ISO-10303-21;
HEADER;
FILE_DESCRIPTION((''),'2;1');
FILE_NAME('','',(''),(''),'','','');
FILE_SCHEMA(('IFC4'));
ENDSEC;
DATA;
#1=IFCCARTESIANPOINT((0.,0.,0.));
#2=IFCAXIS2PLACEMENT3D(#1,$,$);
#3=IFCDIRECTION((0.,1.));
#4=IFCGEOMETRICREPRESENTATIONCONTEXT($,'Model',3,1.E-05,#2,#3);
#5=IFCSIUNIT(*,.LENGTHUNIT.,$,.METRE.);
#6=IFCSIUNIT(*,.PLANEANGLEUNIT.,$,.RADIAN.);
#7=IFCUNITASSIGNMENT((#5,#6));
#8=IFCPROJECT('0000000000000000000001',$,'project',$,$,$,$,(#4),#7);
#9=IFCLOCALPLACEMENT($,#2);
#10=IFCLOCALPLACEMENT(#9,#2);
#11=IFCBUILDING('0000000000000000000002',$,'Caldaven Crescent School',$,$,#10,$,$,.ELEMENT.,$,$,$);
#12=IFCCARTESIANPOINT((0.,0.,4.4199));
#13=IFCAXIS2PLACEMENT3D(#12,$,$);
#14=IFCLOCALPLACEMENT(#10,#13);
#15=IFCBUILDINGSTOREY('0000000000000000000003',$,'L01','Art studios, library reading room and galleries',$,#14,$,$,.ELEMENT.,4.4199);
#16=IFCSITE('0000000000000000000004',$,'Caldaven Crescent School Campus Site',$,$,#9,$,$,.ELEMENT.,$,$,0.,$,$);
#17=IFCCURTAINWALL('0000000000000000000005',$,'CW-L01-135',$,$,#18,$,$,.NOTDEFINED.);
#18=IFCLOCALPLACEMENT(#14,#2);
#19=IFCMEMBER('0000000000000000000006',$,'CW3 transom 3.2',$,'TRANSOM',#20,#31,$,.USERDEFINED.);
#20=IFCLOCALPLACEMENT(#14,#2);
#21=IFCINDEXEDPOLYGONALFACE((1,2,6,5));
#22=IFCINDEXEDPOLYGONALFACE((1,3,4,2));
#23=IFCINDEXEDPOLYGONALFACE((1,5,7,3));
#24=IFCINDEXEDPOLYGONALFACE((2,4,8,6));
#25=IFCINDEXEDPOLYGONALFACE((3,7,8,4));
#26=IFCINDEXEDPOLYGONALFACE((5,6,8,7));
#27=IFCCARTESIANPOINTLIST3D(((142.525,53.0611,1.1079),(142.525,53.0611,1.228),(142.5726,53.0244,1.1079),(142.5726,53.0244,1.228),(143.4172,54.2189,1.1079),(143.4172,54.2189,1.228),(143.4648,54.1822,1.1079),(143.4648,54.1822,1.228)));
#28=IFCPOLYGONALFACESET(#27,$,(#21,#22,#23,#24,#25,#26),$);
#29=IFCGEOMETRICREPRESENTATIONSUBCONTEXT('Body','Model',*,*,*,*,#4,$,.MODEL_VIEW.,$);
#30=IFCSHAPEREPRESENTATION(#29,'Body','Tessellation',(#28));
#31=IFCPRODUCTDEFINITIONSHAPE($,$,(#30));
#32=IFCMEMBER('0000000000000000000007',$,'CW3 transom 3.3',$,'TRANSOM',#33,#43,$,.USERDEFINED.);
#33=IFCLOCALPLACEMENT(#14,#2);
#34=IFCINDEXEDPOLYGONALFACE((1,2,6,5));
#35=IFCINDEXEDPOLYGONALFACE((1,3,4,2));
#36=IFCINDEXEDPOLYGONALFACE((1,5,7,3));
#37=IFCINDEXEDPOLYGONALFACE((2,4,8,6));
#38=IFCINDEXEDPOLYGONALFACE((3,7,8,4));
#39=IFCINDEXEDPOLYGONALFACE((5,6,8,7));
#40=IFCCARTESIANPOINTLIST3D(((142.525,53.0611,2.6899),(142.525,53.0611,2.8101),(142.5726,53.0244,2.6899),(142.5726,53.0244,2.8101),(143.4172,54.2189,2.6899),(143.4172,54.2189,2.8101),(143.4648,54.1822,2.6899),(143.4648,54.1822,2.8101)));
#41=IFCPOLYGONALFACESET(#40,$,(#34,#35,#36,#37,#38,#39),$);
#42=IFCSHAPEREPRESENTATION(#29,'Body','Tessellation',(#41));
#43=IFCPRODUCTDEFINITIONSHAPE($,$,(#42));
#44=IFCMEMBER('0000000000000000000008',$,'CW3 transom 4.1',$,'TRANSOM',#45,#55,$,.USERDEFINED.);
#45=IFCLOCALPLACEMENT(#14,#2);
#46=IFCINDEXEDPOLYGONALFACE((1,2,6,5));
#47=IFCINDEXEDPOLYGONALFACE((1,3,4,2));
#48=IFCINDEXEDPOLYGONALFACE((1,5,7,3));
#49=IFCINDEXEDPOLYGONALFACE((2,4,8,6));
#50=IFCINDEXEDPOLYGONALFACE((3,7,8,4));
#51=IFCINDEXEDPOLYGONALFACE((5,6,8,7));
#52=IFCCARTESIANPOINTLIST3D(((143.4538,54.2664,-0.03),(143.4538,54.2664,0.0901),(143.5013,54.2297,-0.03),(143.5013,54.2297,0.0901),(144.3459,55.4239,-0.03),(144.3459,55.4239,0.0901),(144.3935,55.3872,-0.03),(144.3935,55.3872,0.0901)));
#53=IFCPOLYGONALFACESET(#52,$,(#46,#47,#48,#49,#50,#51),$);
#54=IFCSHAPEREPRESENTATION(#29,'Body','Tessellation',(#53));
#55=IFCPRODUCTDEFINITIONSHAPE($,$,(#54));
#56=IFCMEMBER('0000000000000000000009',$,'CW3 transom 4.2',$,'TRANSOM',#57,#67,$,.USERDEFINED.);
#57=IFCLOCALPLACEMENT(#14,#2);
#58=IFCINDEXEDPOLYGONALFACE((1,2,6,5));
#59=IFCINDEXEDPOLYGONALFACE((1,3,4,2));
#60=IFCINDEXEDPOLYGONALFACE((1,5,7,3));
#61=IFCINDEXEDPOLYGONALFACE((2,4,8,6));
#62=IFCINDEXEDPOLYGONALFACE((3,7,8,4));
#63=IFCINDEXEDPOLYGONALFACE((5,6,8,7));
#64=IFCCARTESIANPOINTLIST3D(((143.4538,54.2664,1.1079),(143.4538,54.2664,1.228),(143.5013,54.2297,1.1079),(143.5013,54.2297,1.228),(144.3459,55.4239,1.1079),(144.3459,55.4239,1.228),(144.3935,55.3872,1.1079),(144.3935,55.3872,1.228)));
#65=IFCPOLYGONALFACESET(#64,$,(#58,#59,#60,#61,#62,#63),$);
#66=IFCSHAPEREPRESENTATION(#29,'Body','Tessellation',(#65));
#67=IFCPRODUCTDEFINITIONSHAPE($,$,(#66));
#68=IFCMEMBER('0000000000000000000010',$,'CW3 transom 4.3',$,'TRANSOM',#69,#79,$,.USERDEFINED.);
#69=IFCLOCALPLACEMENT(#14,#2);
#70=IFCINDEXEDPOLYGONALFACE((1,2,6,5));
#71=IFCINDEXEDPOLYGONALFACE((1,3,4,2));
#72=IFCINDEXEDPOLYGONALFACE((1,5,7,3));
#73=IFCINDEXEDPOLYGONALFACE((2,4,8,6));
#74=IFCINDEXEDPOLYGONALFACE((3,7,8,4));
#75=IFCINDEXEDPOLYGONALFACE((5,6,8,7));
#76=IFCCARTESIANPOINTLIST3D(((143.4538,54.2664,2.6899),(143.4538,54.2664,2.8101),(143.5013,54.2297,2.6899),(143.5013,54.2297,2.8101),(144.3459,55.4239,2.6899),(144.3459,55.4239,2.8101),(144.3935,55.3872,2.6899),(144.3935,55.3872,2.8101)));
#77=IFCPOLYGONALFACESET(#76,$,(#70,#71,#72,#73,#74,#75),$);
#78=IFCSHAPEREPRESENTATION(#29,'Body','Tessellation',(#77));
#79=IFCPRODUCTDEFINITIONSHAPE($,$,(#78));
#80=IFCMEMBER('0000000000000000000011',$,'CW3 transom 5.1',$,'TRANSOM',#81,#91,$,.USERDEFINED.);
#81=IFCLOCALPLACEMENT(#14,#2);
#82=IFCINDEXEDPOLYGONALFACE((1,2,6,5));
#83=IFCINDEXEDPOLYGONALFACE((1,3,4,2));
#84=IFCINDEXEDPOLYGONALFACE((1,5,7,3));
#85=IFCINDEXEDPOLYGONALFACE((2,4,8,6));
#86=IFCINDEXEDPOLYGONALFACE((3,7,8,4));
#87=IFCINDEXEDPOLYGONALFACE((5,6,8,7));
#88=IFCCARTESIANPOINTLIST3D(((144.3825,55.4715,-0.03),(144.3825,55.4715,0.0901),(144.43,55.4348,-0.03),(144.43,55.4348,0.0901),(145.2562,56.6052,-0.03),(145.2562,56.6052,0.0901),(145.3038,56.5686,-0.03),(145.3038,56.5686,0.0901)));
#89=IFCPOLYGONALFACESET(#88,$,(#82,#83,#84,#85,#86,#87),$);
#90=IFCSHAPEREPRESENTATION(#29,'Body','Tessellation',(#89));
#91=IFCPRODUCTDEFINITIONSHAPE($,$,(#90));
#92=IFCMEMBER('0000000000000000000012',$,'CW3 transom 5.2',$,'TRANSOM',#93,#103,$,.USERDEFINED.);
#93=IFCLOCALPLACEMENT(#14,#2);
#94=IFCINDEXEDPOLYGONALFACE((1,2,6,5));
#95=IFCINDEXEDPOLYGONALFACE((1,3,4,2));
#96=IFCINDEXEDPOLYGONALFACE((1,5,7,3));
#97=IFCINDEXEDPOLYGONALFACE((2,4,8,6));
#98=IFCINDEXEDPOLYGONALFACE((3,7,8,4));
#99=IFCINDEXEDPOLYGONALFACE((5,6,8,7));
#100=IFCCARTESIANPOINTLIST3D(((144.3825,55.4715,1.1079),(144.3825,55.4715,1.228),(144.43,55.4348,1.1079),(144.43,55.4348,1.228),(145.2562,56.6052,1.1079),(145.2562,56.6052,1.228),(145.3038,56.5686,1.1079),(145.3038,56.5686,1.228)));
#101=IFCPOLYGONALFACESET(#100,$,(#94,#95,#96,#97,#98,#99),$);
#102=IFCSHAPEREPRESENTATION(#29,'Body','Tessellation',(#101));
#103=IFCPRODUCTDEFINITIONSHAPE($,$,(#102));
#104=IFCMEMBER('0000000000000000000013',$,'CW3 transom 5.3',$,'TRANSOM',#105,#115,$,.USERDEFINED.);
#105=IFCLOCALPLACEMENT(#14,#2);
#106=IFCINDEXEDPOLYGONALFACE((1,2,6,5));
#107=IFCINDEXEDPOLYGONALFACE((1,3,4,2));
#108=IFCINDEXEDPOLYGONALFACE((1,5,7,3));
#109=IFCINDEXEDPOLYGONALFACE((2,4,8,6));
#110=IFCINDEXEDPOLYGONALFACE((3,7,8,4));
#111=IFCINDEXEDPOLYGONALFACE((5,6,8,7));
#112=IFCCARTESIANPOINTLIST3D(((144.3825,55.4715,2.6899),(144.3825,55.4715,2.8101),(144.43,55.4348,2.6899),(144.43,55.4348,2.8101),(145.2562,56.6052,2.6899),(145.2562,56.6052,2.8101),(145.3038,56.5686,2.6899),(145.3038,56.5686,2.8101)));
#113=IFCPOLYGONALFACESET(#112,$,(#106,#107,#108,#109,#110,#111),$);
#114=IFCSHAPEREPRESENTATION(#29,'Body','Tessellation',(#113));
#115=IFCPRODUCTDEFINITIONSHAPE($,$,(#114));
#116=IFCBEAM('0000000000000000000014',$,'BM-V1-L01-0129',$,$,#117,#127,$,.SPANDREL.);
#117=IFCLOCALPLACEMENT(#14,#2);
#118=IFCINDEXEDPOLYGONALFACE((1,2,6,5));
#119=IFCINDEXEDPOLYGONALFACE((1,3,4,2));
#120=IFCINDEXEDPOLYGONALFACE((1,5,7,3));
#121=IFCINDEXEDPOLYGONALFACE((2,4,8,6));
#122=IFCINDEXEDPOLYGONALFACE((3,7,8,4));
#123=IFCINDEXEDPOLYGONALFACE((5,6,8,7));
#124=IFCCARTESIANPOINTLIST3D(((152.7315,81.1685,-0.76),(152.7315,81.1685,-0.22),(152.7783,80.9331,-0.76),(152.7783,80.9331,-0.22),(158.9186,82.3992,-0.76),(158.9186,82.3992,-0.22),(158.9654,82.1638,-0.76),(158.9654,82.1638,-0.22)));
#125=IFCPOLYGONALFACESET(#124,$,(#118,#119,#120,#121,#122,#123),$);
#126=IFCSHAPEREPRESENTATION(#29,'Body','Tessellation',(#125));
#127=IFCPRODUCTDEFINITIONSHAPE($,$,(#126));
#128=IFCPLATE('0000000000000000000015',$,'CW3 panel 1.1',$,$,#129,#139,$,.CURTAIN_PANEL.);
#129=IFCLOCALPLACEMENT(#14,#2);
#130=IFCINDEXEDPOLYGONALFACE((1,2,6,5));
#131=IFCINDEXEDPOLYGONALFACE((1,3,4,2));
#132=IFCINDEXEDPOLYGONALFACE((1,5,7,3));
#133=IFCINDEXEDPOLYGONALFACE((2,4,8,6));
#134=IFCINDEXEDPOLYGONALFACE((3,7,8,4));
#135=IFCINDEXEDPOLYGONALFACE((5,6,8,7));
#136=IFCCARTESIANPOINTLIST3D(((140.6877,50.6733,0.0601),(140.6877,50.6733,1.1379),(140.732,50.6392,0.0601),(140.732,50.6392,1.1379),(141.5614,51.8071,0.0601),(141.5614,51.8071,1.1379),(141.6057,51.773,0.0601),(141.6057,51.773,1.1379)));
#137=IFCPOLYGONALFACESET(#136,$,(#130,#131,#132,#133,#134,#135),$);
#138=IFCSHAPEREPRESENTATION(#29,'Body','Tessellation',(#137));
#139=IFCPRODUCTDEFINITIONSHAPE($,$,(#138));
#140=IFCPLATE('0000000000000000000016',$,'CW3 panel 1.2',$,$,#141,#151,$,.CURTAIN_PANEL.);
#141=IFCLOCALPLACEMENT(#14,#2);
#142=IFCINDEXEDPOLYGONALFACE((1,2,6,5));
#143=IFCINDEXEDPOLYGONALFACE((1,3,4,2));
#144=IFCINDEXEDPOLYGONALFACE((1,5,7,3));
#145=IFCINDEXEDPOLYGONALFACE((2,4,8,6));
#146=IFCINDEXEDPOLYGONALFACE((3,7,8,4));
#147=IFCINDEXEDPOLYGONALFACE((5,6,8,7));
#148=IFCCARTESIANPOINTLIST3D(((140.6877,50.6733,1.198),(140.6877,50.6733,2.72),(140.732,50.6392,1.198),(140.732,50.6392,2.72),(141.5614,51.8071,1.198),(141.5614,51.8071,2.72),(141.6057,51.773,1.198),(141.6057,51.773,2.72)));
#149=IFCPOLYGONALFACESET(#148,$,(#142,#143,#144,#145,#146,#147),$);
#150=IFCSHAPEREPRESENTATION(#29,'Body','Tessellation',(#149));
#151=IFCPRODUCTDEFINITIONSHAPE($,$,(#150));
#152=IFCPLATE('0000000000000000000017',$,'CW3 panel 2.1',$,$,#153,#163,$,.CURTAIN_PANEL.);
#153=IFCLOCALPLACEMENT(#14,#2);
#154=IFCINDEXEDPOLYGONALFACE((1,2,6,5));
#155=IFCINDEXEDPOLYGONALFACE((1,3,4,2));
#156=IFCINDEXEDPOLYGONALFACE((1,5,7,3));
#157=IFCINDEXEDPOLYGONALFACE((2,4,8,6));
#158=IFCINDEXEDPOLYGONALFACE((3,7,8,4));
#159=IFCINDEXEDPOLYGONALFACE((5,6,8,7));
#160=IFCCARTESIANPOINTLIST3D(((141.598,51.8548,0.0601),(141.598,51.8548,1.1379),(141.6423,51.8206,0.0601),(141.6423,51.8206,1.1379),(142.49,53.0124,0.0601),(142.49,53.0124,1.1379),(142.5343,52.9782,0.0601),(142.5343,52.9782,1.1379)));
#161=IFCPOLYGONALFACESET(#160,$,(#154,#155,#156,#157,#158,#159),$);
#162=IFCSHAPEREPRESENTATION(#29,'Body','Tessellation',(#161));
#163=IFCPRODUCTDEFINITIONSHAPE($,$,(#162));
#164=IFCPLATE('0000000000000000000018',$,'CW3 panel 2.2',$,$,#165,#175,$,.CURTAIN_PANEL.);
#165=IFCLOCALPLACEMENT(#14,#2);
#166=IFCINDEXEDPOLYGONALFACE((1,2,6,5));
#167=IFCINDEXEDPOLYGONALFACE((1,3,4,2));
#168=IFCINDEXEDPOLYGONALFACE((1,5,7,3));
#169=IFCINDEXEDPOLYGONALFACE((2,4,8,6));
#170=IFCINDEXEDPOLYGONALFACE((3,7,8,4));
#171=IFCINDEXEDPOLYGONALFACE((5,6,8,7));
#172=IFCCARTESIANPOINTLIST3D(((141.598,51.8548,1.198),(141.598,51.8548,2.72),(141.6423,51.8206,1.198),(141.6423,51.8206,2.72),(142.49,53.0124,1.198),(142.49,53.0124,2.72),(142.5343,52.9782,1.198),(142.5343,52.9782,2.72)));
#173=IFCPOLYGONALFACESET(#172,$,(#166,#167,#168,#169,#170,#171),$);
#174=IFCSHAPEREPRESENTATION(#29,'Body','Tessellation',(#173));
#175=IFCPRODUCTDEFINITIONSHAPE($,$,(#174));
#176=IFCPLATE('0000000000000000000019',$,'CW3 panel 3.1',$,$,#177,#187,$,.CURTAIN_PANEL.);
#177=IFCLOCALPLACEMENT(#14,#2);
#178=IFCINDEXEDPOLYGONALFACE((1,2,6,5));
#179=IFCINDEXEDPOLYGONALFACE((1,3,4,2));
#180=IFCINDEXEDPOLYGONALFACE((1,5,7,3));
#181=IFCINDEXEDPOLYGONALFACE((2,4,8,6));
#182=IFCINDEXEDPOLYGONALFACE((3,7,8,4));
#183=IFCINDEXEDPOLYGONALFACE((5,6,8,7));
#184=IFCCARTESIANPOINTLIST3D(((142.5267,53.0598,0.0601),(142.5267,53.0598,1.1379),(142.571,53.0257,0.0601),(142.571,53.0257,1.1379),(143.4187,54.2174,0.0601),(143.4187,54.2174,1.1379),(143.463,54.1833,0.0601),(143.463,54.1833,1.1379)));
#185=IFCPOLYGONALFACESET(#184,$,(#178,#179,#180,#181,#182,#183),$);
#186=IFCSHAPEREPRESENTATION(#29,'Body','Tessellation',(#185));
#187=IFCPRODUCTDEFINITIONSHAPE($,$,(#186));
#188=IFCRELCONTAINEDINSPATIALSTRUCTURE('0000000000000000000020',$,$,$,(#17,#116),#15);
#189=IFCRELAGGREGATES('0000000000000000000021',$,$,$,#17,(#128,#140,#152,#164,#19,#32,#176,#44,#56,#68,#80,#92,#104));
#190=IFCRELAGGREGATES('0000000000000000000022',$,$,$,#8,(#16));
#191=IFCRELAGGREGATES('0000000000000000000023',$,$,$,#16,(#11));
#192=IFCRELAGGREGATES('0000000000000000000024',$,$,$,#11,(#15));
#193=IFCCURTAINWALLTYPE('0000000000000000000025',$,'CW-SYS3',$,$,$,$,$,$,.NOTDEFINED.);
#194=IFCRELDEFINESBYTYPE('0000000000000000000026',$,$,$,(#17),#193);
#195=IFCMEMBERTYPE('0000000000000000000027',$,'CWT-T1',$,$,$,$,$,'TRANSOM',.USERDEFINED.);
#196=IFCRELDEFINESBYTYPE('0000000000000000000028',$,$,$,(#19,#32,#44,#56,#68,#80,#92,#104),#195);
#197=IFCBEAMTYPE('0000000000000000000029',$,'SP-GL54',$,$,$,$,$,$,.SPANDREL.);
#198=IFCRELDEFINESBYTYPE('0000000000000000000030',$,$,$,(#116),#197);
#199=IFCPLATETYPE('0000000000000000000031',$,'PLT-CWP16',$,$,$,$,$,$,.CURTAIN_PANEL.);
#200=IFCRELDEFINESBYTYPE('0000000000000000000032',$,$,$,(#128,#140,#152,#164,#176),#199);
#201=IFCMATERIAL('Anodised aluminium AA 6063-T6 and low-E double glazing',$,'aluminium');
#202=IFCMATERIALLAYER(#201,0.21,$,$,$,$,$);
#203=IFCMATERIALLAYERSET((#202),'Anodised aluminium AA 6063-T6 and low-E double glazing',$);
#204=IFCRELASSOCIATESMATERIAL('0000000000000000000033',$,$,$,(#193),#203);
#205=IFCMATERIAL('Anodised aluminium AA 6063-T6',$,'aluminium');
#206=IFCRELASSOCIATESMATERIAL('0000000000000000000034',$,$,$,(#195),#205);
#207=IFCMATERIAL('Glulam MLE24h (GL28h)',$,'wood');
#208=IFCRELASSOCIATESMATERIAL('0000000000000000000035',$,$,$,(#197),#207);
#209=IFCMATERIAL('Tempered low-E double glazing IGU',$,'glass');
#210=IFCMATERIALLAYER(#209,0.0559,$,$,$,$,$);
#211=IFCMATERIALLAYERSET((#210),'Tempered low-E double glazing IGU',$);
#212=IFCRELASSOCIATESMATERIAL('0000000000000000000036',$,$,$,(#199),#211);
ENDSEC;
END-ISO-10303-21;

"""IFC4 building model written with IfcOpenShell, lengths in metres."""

from ifc_helpers import new_model, si_unit, direction, frame, origin, origin_2d, place, context, subcontext, project, spatial, rectangle, extrude, material, layer, layer_set, material_profile, profile_set, type_object, element, aggregate, save


model = new_model("IFC4")

# Units and contexts
model_context = context("Model", 3, precision=1e-05, world=origin(), true_north=direction((0.0, 1.0)))
body_context = subcontext(model_context, "Body", "Model", "MODEL_VIEW")
ifc_project = project(units=[si_unit("LENGTHUNIT", "METRE"), si_unit("PLANEANGLEUNIT", "RADIAN")], contexts=[model_context])

# Site, building, storey
site_placement = place(None, origin())
site = spatial("IfcSite", under=ifc_project, at=site_placement, Name="Caldaven Crescent School Campus Site", CompositionType="ELEMENT", RefElevation=0.0)
building_placement = place(site_placement, origin())
building = spatial("IfcBuilding", under=site, at=building_placement, Name="Caldaven Crescent School", CompositionType="ELEMENT")
storey_placement = place(building_placement, frame((0.0, 0.0, 4.4199)))
storey = spatial("IfcBuildingStorey", under=building, at=storey_placement, Name="L01", Description="Art studios, library reading room and galleries", CompositionType="ELEMENT", Elevation=4.4199)

# Shared definitions
ifc_material_1 = material(Name="Glulam MLE24h (GL28h)", Category="wood")

# Curtain wall, members
ifc_material_2 = material(Name="Anodised aluminium AA 6063-T6 and low-E double glazing", Category="aluminium")
ifc_layer_1 = layer(ifc_material_2, 0.21)
ifc_layer_set_1 = layer_set([ifc_layer_1], Name="Anodised aluminium AA 6063-T6 and low-E double glazing")
curtain_wall_type = type_object("IfcCurtainWallType", Name="CW-SYS3", PredefinedType="NOTDEFINED", material=ifc_layer_set_1)
curtain_wall_placement = place(storey_placement, origin())
curtain_wall = element("IfcCurtainWall", 1, at=curtain_wall_placement, inside=storey, type_object=curtain_wall_type, Name="CW-L01-135", PredefinedType="NOTDEFINED")
ifc_material_3 = material(Name="Anodised aluminium AA 6063-T6", Category="aluminium")
ifc_material_profile_1 = material_profile(ifc_material_3, rectangle(XDim=0.0601, YDim=0.1201, at=origin_2d()), Name="CWT 60x120")
ifc_profile_set_1 = profile_set([ifc_material_profile_1], Name="Anodised aluminium AA 6063-T6")
member_type_1 = type_object("IfcMemberType", Name="CWT-T1", ElementType="TRANSOM", PredefinedType="USERDEFINED", material=ifc_profile_set_1)
member_1_placement = place(storey_placement, frame((142.5488, 53.0427, 1.168), z_axis=(0.610373, 0.792115, 0.0), x_axis=(-0.792115, 0.610373, 0.0)))
member_1 = element("IfcMember", 2, at=member_1_placement, type_object=member_type_1, Name="CW3 transom 3.2", ObjectType="TRANSOM", PredefinedType="USERDEFINED", context=body_context, shape_type="SweptSolid", body=[
    extrude(rectangle(XDim=0.0601, YDim=0.1201, at=origin_2d()), origin(), (0.0, 0.0, 1.0), 1.4617),
])
member_2_placement = place(storey_placement, frame((142.5488, 53.0427, 2.75), z_axis=(0.610373, 0.792115, 0.0), x_axis=(-0.792115, 0.610373, 0.0)))
member_2 = element("IfcMember", 3, at=member_2_placement, type_object=member_type_1, Name="CW3 transom 3.3", ObjectType="TRANSOM", PredefinedType="USERDEFINED", context=body_context, shape_type="SweptSolid", body=[
    extrude(rectangle(XDim=0.0601, YDim=0.1201, at=origin_2d()), origin(), (0.0, 0.0, 1.0), 1.4617),
])
member_3_placement = place(storey_placement, frame((143.4775, 54.248, 0.03), z_axis=(0.610453, 0.792052, 0.0), x_axis=(-0.792052, 0.610453, 0.0)))
member_3 = element("IfcMember", 4, at=member_3_placement, type_object=member_type_1, Name="CW3 transom 4.1", ObjectType="TRANSOM", PredefinedType="USERDEFINED", context=body_context, shape_type="SweptSolid", body=[
    extrude(rectangle(XDim=0.0601, YDim=0.1201, at=origin_2d()), origin(), (0.0, 0.0, 1.0), 1.4614),
])
member_4_placement = place(storey_placement, frame((143.4775, 54.248, 1.168), z_axis=(0.610453, 0.792052, 0.0), x_axis=(-0.792052, 0.610453, 0.0)))
member_4 = element("IfcMember", 5, at=member_4_placement, type_object=member_type_1, Name="CW3 transom 4.2", ObjectType="TRANSOM", PredefinedType="USERDEFINED", context=body_context, shape_type="SweptSolid", body=[
    extrude(rectangle(XDim=0.0601, YDim=0.1201, at=origin_2d()), origin(), (0.0, 0.0, 1.0), 1.4614),
])
member_5_placement = place(storey_placement, frame((143.4775, 54.248, 2.75), z_axis=(0.610453, 0.792052, 0.0), x_axis=(-0.792052, 0.610453, 0.0)))
member_5 = element("IfcMember", 6, at=member_5_placement, type_object=member_type_1, Name="CW3 transom 4.3", ObjectType="TRANSOM", PredefinedType="USERDEFINED", context=body_context, shape_type="SweptSolid", body=[
    extrude(rectangle(XDim=0.0601, YDim=0.1201, at=origin_2d()), origin(), (0.0, 0.0, 1.0), 1.4614),
])
member_6_placement = place(storey_placement, frame((144.4062, 55.4531, 0.03), z_axis=(0.610428, 0.792072, 0.0), x_axis=(-0.792072, 0.610428, 0.0)))
member_6 = element("IfcMember", 7, at=member_6_placement, type_object=member_type_1, Name="CW3 transom 5.1", ObjectType="TRANSOM", PredefinedType="USERDEFINED", context=body_context, shape_type="SweptSolid", body=[
    extrude(rectangle(XDim=0.0601, YDim=0.1201, at=origin_2d()), origin(), (0.0, 0.0, 1.0), 1.4314),
])
member_7_placement = place(storey_placement, frame((144.4062, 55.4531, 1.168), z_axis=(0.610428, 0.792072, 0.0), x_axis=(-0.792072, 0.610428, 0.0)))
member_7 = element("IfcMember", 8, at=member_7_placement, type_object=member_type_1, Name="CW3 transom 5.2", ObjectType="TRANSOM", PredefinedType="USERDEFINED", context=body_context, shape_type="SweptSolid", body=[
    extrude(rectangle(XDim=0.0601, YDim=0.1201, at=origin_2d()), origin(), (0.0, 0.0, 1.0), 1.4314),
])
member_8_placement = place(storey_placement, frame((144.4062, 55.4531, 2.75), z_axis=(0.610428, 0.792072, 0.0), x_axis=(-0.792072, 0.610428, 0.0)))
member_8 = element("IfcMember", 9, at=member_8_placement, type_object=member_type_1, Name="CW3 transom 5.3", ObjectType="TRANSOM", PredefinedType="USERDEFINED", context=body_context, shape_type="SweptSolid", body=[
    extrude(rectangle(XDim=0.0601, YDim=0.1201, at=origin_2d()), origin(), (0.0, 0.0, 1.0), 1.4314),
])

# Beam
ifc_material_profile_2 = material_profile(ifc_material_1, rectangle(XDim=0.24, YDim=0.54, at=origin_2d()), Name="MLE 240x540")
ifc_profile_set_2 = profile_set([ifc_material_profile_2], Name="Glulam MLE24h (GL28h)")
beam_type_1 = type_object("IfcBeamType", Name="SP-GL54", PredefinedType="SPANDREL", material=ifc_profile_set_2)
beam_1_placement = place(storey_placement, frame((152.7549, 81.0508, -0.49), z_axis=(0.980784, 0.195096, 0.0), x_axis=(-0.195096, 0.980784, 0.0)))
element("IfcBeam", 10, at=beam_1_placement, inside=storey, type_object=beam_type_1, Name="BM-V1-L01-0129", PredefinedType="SPANDREL", context=body_context, shape_type="SweptSolid", body=[
    extrude(rectangle(XDim=0.24, YDim=0.54, at=origin_2d()), origin(), (0.0, 0.0, 1.0), 6.3083),
])

# Plates
ifc_material_4 = material(Name="Tempered low-E double glazing IGU", Category="glass")
ifc_layer_2 = layer(ifc_material_4, 0.0559)
ifc_layer_set_2 = layer_set([ifc_layer_2], Name="Tempered low-E double glazing IGU")
plate_type = type_object("IfcPlateType", Name="PLT-CWP16", PredefinedType="CURTAIN_PANEL", material=ifc_layer_set_2)
plate_1_placement = place(storey_placement, frame((141.1467, 51.2231, 0.0601), z_axis=(0.0, 0.0, 1.0), x_axis=(0.610386, 0.792104, 0.0)))
plate_1 = element("IfcPlate", 11, at=plate_1_placement, type_object=plate_type, Name="CW3 panel 1.1", PredefinedType="CURTAIN_PANEL", context=body_context, shape_type="SweptSolid", body=[
    extrude(rectangle(XDim=1.4314, YDim=0.0559, at=origin_2d()), origin(), (0.0, 0.0, 1.0), 1.0779),
])
plate_2_placement = place(storey_placement, frame((141.1467, 51.2231, 1.198), z_axis=(0.0, 0.0, 1.0), x_axis=(0.610386, 0.792104, 0.0)))
plate_2 = element("IfcPlate", 12, at=plate_2_placement, type_object=plate_type, Name="CW3 panel 1.2", PredefinedType="CURTAIN_PANEL", context=body_context, shape_type="SweptSolid", body=[
    extrude(rectangle(XDim=1.4314, YDim=0.0559, at=origin_2d()), origin(), (0.0, 0.0, 1.0), 1.522),
])
plate_3_placement = place(storey_placement, frame((142.0662, 52.4165, 0.0601), z_axis=(0.0, 0.0, 1.0), x_axis=(0.610386, 0.792104, 0.0)))
plate_3 = element("IfcPlate", 13, at=plate_3_placement, type_object=plate_type, Name="CW3 panel 2.1", PredefinedType="CURTAIN_PANEL", context=body_context, shape_type="SweptSolid", body=[
    extrude(rectangle(XDim=1.4614, YDim=0.0559, at=origin_2d()), origin(), (0.0, 0.0, 1.0), 1.0779),
])
plate_4_placement = place(storey_placement, frame((142.0662, 52.4165, 1.198), z_axis=(0.0, 0.0, 1.0), x_axis=(0.610386, 0.792104, 0.0)))
plate_4 = element("IfcPlate", 14, at=plate_4_placement, type_object=plate_type, Name="CW3 panel 2.2", PredefinedType="CURTAIN_PANEL", context=body_context, shape_type="SweptSolid", body=[
    extrude(rectangle(XDim=1.4614, YDim=0.0559, at=origin_2d()), origin(), (0.0, 0.0, 1.0), 1.522),
])
plate_5_placement = place(storey_placement, frame((142.9949, 53.6216, 0.0601), z_axis=(0.0, 0.0, 1.0), x_axis=(0.610386, 0.792104, 0.0)))
plate_5 = element("IfcPlate", 15, at=plate_5_placement, type_object=plate_type, Name="CW3 panel 3.1", PredefinedType="CURTAIN_PANEL", context=body_context, shape_type="SweptSolid", body=[
    extrude(rectangle(XDim=1.4614, YDim=0.0559, at=origin_2d()), origin(), (0.0, 0.0, 1.0), 1.0779),
])
aggregate(curtain_wall, [plate_1, plate_2, plate_3, plate_4, member_1, member_2, plate_5, member_3, member_4, member_5, member_6, member_7, member_8])

save(model, "model.ifc")
